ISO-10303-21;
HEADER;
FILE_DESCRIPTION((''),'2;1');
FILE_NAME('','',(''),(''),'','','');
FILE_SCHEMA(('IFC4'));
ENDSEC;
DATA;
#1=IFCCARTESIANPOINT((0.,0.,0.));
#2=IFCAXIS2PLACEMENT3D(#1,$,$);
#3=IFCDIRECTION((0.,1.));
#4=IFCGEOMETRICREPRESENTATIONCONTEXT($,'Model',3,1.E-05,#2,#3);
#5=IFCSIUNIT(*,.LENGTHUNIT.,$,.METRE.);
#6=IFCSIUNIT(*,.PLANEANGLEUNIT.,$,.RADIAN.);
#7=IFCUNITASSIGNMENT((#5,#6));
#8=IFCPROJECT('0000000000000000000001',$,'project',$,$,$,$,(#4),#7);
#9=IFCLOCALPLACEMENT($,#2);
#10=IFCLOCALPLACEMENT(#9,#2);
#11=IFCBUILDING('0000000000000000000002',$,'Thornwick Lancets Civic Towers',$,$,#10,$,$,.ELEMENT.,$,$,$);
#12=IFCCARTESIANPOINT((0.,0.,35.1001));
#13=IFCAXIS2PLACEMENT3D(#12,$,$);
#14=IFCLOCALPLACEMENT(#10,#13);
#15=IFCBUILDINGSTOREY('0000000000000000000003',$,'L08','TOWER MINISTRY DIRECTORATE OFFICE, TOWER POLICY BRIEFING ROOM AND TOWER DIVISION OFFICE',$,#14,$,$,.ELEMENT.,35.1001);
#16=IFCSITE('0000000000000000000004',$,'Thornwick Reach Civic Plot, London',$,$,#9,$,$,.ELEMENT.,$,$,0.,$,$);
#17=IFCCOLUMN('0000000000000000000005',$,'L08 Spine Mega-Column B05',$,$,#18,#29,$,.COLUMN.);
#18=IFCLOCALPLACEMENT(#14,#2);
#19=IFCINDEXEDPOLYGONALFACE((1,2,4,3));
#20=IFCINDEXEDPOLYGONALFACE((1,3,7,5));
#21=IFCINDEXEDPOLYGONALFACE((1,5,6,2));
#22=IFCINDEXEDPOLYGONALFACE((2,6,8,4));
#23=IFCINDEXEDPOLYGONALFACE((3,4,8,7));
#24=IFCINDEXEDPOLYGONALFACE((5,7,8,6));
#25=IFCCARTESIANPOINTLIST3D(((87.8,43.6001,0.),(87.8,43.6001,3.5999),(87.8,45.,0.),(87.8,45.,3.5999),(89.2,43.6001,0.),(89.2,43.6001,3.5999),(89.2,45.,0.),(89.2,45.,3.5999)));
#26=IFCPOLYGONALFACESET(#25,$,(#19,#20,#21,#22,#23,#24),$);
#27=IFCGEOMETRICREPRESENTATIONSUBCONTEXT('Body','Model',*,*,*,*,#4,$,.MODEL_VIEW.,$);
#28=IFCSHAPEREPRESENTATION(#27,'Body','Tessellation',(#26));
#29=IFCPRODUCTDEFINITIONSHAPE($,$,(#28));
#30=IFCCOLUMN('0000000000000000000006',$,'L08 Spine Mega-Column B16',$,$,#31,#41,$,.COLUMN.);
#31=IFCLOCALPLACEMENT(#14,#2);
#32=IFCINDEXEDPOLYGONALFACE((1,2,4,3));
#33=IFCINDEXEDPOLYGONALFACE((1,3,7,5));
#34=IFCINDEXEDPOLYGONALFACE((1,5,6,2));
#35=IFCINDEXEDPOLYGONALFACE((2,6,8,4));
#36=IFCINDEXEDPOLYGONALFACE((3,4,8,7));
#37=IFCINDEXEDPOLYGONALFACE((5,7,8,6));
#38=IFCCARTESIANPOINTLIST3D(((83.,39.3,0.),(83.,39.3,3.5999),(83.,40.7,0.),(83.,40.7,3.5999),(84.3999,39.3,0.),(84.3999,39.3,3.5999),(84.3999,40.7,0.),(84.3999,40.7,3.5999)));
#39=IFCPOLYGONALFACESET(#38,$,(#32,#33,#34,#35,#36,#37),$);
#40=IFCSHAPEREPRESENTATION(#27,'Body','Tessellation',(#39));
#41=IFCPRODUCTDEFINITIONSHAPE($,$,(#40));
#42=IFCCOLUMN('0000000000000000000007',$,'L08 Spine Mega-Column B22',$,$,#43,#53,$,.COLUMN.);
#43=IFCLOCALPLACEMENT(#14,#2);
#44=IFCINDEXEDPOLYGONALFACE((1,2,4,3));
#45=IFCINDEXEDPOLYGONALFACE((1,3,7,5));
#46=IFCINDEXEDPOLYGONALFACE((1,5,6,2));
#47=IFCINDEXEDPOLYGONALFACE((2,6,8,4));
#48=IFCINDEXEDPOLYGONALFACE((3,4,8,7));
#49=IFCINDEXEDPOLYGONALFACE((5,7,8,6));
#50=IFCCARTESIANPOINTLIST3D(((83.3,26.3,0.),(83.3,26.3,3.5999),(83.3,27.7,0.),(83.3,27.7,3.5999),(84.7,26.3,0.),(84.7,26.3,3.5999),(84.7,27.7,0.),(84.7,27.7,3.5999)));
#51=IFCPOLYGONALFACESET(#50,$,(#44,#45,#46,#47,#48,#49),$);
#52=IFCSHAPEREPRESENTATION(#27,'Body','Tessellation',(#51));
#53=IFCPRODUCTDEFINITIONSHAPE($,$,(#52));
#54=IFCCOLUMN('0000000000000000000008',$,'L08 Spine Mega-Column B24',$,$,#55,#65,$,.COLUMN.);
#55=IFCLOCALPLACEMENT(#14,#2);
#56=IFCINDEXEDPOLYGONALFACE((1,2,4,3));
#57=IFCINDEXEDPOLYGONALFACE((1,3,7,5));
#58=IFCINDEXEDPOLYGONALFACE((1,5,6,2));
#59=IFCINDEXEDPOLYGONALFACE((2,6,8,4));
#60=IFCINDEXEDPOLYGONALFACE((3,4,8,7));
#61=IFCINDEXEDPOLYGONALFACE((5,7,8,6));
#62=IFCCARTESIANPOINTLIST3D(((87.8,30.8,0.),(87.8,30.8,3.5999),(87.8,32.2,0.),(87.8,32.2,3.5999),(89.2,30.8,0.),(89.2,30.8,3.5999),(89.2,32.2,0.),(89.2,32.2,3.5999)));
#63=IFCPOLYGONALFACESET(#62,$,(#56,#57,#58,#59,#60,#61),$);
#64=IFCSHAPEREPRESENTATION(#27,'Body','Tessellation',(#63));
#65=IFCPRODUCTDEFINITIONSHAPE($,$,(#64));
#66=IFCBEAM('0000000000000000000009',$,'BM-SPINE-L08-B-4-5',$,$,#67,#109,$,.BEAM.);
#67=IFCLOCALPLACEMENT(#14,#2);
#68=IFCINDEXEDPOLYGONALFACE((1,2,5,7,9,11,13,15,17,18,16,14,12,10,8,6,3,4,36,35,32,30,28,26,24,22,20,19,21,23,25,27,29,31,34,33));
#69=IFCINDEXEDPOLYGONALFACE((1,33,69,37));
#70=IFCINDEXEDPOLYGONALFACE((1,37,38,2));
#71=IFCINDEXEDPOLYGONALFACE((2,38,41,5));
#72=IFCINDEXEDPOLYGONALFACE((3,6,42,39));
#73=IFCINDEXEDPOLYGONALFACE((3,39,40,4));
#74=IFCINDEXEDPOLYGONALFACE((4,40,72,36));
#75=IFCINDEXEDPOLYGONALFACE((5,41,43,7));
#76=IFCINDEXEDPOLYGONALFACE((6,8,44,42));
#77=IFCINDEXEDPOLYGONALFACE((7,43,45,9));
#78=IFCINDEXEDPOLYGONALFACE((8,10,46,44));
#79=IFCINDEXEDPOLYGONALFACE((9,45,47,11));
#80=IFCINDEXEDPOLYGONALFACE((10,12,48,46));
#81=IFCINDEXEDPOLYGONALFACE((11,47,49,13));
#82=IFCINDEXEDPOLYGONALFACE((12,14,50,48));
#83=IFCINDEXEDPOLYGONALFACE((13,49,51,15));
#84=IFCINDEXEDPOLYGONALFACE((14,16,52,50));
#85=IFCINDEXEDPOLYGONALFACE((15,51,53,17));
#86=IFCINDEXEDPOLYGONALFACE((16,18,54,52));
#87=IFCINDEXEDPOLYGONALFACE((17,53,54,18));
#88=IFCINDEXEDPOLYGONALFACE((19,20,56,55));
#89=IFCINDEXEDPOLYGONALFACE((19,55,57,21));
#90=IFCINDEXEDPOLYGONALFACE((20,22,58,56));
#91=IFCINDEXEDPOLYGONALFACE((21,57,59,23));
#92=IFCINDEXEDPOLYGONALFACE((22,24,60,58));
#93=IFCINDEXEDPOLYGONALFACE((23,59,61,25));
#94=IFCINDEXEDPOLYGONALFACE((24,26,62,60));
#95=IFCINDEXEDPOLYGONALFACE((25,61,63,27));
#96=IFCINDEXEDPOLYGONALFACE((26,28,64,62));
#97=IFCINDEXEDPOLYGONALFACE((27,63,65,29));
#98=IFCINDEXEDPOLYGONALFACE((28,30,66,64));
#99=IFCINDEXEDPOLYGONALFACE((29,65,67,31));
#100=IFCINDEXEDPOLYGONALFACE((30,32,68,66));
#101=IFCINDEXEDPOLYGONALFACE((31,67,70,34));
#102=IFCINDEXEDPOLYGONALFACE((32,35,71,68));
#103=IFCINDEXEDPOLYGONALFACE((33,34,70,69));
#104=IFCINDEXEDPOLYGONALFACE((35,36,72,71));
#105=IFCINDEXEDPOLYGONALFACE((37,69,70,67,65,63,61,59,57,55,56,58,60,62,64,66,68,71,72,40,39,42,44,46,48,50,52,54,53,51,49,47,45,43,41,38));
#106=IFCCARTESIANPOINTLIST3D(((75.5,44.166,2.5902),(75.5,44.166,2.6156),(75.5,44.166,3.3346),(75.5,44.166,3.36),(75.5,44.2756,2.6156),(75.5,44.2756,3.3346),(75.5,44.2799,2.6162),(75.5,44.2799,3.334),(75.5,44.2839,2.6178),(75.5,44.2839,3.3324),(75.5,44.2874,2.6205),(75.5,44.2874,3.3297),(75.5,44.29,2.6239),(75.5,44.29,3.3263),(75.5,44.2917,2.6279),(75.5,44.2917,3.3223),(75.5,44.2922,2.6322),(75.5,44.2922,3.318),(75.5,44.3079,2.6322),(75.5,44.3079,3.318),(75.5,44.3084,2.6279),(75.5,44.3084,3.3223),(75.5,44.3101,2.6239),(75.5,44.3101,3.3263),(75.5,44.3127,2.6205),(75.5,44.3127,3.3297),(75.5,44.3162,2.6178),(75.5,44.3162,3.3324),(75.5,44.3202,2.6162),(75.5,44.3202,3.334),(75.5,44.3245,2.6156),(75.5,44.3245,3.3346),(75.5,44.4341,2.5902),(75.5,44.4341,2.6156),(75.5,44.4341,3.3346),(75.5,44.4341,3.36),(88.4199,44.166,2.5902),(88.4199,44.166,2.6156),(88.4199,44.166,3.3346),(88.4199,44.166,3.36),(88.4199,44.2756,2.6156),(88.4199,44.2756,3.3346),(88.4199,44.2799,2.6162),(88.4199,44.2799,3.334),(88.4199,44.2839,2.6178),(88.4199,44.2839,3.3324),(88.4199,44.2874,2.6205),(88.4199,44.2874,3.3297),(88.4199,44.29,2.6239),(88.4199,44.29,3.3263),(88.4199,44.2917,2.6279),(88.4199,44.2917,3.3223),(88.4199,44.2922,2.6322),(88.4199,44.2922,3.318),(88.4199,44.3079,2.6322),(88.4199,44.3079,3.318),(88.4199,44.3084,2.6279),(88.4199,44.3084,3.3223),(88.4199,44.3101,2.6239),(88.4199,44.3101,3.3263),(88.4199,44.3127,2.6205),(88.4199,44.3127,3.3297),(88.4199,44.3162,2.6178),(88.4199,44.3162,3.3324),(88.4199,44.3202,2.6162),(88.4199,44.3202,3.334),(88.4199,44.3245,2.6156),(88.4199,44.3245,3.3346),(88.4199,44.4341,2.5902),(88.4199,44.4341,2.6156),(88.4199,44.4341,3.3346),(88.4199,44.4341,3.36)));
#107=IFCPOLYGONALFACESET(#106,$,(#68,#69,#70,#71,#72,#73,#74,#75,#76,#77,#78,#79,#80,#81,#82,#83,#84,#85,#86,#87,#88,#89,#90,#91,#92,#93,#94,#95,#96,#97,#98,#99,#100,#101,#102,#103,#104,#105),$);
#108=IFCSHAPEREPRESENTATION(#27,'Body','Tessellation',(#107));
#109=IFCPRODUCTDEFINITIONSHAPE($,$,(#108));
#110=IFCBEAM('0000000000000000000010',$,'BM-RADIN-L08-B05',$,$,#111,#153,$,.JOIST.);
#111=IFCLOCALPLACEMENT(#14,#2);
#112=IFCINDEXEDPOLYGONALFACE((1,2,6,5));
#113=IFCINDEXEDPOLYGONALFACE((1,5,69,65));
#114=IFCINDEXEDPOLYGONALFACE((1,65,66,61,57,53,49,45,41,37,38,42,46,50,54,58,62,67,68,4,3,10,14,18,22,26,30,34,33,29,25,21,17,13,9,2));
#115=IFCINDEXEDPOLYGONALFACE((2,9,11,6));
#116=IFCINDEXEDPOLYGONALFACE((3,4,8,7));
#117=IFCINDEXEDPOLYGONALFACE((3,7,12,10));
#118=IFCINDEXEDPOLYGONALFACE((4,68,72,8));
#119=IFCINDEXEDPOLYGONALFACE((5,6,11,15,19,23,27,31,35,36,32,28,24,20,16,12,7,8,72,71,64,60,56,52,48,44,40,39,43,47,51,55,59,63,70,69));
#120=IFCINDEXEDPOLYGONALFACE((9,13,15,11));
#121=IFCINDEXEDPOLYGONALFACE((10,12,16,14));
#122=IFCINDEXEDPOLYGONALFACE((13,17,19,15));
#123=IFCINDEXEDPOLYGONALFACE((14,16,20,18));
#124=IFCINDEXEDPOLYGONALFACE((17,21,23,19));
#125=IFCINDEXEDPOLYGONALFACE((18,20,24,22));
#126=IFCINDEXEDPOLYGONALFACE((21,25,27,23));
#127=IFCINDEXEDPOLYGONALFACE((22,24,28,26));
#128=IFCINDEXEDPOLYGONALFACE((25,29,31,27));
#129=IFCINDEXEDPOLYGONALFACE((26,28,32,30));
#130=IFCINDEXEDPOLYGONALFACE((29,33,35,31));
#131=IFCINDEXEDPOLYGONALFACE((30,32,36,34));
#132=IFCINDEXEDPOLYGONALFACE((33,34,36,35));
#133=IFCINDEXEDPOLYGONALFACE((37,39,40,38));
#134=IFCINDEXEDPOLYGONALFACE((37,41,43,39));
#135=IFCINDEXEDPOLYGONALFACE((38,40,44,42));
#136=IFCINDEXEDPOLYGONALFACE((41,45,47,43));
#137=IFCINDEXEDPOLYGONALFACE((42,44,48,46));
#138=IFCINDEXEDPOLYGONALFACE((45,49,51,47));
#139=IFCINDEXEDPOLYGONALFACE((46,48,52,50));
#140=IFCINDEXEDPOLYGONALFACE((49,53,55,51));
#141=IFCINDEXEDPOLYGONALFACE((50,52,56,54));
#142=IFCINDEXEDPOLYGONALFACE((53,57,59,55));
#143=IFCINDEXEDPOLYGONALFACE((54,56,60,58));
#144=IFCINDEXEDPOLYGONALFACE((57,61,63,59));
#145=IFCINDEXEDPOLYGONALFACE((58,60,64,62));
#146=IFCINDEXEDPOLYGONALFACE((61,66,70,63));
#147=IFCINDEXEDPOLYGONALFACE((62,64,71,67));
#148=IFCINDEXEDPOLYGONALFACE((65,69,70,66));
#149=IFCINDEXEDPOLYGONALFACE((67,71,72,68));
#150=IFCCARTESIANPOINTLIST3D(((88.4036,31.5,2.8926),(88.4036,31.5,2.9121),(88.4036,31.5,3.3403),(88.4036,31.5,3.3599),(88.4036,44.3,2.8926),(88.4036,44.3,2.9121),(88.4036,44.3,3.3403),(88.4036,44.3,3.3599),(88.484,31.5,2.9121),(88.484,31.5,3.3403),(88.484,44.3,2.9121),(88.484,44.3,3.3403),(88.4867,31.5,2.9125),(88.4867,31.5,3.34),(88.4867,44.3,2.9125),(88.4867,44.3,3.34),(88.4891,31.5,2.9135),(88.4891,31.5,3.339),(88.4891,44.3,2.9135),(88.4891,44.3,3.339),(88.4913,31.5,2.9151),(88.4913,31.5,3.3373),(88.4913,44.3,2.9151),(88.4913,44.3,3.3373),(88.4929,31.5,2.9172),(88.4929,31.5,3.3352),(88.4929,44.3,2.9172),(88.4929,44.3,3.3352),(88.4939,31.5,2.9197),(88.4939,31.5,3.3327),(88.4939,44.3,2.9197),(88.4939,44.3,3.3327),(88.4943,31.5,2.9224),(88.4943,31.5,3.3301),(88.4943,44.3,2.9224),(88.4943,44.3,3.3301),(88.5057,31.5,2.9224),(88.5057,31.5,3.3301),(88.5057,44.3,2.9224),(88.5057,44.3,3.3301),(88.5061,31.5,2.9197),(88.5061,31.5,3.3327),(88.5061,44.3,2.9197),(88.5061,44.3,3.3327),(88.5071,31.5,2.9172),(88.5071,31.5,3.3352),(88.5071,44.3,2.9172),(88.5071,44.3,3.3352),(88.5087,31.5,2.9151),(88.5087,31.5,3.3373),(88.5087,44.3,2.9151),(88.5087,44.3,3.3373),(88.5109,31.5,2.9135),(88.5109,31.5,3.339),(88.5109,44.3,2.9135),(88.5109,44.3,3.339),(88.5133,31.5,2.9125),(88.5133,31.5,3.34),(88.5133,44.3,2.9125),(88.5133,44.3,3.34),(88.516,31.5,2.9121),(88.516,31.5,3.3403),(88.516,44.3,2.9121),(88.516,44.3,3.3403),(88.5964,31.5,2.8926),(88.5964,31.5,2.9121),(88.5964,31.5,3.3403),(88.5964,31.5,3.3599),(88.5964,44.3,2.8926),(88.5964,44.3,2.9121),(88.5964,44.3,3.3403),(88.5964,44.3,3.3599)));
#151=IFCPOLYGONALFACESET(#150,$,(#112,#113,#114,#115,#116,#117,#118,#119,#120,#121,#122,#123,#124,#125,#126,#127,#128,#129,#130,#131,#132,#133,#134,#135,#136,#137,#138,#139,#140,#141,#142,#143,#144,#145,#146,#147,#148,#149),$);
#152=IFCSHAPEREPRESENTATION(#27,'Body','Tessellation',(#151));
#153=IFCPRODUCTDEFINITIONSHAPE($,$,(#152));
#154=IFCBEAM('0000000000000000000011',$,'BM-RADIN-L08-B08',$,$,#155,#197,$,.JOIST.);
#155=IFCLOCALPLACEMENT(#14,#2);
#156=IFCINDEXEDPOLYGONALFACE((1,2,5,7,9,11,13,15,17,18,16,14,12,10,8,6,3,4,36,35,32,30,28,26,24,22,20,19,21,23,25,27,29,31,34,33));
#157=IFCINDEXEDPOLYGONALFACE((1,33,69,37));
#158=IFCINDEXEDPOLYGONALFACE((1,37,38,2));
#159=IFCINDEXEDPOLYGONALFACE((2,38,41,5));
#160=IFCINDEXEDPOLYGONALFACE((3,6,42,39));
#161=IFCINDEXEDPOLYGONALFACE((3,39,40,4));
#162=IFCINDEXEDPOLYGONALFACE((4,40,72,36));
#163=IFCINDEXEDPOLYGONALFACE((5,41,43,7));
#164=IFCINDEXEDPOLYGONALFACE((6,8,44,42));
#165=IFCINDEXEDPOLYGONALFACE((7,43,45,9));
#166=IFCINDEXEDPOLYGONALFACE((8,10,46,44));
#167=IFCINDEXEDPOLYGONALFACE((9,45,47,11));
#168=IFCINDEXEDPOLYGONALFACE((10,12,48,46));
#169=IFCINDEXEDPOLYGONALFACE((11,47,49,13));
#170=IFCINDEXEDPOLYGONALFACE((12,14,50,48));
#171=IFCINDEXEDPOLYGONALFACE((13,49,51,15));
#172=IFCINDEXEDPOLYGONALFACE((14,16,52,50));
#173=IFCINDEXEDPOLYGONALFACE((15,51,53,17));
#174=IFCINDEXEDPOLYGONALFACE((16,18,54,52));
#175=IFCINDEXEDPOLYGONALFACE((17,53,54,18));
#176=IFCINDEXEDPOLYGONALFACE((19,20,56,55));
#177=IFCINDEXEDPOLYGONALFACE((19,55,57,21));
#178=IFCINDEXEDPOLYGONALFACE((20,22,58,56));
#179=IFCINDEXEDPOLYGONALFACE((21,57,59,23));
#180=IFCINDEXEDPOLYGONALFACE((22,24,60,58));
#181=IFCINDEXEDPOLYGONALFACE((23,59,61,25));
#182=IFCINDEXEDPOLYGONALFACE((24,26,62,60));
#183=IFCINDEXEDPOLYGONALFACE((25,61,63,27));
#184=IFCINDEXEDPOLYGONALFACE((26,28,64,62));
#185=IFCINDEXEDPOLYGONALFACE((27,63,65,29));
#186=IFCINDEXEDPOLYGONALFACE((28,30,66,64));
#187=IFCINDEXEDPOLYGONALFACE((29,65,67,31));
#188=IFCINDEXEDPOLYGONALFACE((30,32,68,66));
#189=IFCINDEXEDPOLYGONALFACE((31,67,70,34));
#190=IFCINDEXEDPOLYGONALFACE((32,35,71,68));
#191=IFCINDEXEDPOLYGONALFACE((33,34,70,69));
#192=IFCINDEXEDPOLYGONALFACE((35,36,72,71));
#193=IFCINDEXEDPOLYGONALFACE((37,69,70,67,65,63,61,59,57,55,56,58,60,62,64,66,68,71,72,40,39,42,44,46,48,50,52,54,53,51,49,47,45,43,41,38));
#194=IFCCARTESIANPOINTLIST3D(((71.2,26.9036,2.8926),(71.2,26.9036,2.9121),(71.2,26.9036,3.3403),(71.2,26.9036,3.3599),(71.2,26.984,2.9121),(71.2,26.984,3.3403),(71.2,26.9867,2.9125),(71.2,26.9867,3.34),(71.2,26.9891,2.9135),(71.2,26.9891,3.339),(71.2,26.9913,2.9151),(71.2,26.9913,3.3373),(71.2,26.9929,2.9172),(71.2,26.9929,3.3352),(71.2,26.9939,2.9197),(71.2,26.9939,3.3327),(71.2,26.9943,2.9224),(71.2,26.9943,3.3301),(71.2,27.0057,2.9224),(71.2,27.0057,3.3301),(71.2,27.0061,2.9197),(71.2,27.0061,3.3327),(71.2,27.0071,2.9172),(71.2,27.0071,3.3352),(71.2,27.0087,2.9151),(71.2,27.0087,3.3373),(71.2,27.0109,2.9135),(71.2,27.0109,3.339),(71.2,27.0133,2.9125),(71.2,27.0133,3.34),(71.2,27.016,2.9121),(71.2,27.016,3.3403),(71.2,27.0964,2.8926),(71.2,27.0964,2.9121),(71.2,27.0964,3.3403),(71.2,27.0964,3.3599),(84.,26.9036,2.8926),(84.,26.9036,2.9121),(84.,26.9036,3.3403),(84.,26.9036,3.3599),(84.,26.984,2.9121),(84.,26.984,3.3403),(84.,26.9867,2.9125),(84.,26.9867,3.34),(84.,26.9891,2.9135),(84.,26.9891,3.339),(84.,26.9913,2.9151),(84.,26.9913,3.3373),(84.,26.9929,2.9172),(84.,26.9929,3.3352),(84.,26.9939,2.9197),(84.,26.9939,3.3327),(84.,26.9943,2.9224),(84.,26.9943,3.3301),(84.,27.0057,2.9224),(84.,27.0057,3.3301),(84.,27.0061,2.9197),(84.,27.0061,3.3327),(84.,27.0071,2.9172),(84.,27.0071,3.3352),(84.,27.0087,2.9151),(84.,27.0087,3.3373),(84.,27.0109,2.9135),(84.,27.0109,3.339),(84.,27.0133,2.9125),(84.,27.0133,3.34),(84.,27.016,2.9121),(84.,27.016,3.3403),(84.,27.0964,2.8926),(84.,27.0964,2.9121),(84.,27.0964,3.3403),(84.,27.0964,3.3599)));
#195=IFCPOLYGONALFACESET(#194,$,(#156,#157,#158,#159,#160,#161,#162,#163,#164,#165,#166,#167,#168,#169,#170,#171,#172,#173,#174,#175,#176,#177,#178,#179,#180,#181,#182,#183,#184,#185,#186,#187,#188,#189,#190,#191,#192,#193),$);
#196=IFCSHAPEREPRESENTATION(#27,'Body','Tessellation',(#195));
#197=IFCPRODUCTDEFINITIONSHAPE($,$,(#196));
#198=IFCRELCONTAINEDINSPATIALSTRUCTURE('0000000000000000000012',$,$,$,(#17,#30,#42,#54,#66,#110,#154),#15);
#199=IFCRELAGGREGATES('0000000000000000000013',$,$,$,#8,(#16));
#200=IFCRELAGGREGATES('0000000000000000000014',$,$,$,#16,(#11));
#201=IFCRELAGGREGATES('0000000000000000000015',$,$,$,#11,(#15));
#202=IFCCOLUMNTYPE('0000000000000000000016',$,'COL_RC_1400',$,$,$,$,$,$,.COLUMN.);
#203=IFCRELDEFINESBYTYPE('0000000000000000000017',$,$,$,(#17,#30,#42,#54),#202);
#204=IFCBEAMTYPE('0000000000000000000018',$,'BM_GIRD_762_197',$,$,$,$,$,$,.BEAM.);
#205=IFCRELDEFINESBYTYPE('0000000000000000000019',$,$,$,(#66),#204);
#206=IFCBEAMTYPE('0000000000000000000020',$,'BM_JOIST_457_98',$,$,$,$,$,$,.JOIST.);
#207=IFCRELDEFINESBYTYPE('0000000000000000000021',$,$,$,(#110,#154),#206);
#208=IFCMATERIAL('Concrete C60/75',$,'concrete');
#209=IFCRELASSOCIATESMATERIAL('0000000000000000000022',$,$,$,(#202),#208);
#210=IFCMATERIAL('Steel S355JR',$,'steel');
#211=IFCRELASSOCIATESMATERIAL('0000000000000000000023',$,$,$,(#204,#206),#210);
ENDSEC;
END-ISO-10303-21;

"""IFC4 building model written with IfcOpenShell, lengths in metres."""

from ifc_helpers import new_model, si_unit, direction, frame, origin, origin_2d, place, context, subcontext, project, spatial, rectangle, i_section, extrude, material, material_profile, profile_set, type_object, element, save


model = new_model("IFC4")

# Units and contexts
model_context = context("Model", 3, precision=1e-05, world=origin(), true_north=direction((0.0, 1.0)))
body_context = subcontext(model_context, "Body", "Model", "MODEL_VIEW")
ifc_project = project(units=[si_unit("LENGTHUNIT", "METRE"), si_unit("PLANEANGLEUNIT", "RADIAN")], contexts=[model_context])

# Site, building, storey
site_placement = place(None, origin())
site = spatial("IfcSite", under=ifc_project, at=site_placement, Name="Thornwick Reach Civic Plot, London", CompositionType="ELEMENT", RefElevation=0.0)
building_placement = place(site_placement, origin())
building = spatial("IfcBuilding", under=site, at=building_placement, Name="Thornwick Lancets Civic Towers", CompositionType="ELEMENT")
storey_placement = place(building_placement, frame((0.0, 0.0, 35.1001)))
storey = spatial("IfcBuildingStorey", under=building, at=storey_placement, Name="L08", Description="TOWER MINISTRY DIRECTORATE OFFICE, TOWER POLICY BRIEFING ROOM AND TOWER DIVISION OFFICE", CompositionType="ELEMENT", Elevation=35.1001)

# Columns
ifc_material_1 = material(Name="Concrete C60/75", Category="concrete")
ifc_material_profile_1 = material_profile(ifc_material_1, rectangle(XDim=1.3999, YDim=1.3999, at=origin_2d()), Name="RC 1400x1400")
ifc_profile_set_1 = profile_set([ifc_material_profile_1], Name="Concrete C60/75")
column_type = type_object("IfcColumnType", Name="COL_RC_1400", PredefinedType="COLUMN", material=ifc_profile_set_1)
for number, where, z_axis, x_axis, name in (
    (1, (88.5, 44.3, 0.0), (0.0, 0.0, 1.0), (1.0, 0.0, 0.0), "L08 Spine Mega-Column B05"),
    (2, (83.7, 40.0, 0.0), (0.0, 0.0, 1.0), (1.0, 0.0, 0.0), "L08 Spine Mega-Column B16"),
    (3, (84.0, 27.0, 0.0), (0.0, 0.0, 1.0), (1.0, 0.0, 0.0), "L08 Spine Mega-Column B22"),
    (4, (88.5, 31.5, 0.0), (0.0, 0.0, 1.0), (1.0, 0.0, 0.0), "L08 Spine Mega-Column B24"),
):
    element("IfcColumn", number, at=place(storey_placement, frame(where, z_axis=z_axis, x_axis=x_axis)), inside=storey, type_object=column_type, Name=name, PredefinedType="COLUMN", context=body_context, shape_type="SweptSolid", body=[
        extrude(rectangle(XDim=1.3999, YDim=1.3999, at=origin_2d()), origin(), (0.0, 0.0, 1.0), 3.5999),
    ])

# Beams
ifc_material_2 = material(Name="Steel S355JR", Category="steel")
ifc_material_profile_2 = material_profile(ifc_material_2, i_section(OverallWidth=0.2681, OverallDepth=0.7698, WebThickness=0.0156, FlangeThickness=0.0254, FilletRadius=0.0166, at=origin_2d()), Name="UKB 762x267x197")
ifc_profile_set_2 = profile_set([ifc_material_profile_2], Name="Steel S355JR")
beam_type_1 = type_object("IfcBeamType", Name="BM_GIRD_762_197", PredefinedType="BEAM", material=ifc_profile_set_2)
beam_1_placement = place(storey_placement, frame((88.4199, 44.3, 2.9751), z_axis=(-1.0, 0.0, 0.0), x_axis=(0.0, -1.0, 0.0)))
element("IfcBeam", 5, at=beam_1_placement, inside=storey, type_object=beam_type_1, Name="BM-SPINE-L08-B-4-5", PredefinedType="BEAM", context=body_context, shape_type="SweptSolid", body=[
    extrude(i_section(OverallWidth=0.2681, OverallDepth=0.7698, WebThickness=0.0156, FlangeThickness=0.0254, FilletRadius=0.0166, at=origin_2d()), origin(), (0.0, 0.0, 1.0), 12.9199),
])
ifc_material_profile_3 = material_profile(ifc_material_2, i_section(OverallWidth=0.1929, OverallDepth=0.4673, WebThickness=0.0115, FlangeThickness=0.0195, FilletRadius=0.0103, at=origin_2d()), Name="UKB 457x191x98")
ifc_profile_set_3 = profile_set([ifc_material_profile_3], Name="Steel S355JR")
beam_type_2 = type_object("IfcBeamType", Name="BM_JOIST_457_98", PredefinedType="JOIST", material=ifc_profile_set_3)
for number, where, z_axis, x_axis, name in (
    (6, (88.5, 31.5, 3.1262), (0.0, 1.0, 0.0), (-1.0, 0.0, 0.0), "BM-RADIN-L08-B05"),
    (7, (84.0, 27.0, 3.1262), (-1.0, 0.0, 0.0), (0.0, -1.0, 0.0), "BM-RADIN-L08-B08"),
):
    element("IfcBeam", number, at=place(storey_placement, frame(where, z_axis=z_axis, x_axis=x_axis)), inside=storey, type_object=beam_type_2, Name=name, PredefinedType="JOIST", context=body_context, shape_type="SweptSolid", body=[
        extrude(i_section(OverallWidth=0.1929, OverallDepth=0.4673, WebThickness=0.0115, FlangeThickness=0.0195, FilletRadius=0.0103, at=origin_2d()), origin(), (0.0, 0.0, 1.0), 12.8),
    ])

save(model, "model.ifc")
